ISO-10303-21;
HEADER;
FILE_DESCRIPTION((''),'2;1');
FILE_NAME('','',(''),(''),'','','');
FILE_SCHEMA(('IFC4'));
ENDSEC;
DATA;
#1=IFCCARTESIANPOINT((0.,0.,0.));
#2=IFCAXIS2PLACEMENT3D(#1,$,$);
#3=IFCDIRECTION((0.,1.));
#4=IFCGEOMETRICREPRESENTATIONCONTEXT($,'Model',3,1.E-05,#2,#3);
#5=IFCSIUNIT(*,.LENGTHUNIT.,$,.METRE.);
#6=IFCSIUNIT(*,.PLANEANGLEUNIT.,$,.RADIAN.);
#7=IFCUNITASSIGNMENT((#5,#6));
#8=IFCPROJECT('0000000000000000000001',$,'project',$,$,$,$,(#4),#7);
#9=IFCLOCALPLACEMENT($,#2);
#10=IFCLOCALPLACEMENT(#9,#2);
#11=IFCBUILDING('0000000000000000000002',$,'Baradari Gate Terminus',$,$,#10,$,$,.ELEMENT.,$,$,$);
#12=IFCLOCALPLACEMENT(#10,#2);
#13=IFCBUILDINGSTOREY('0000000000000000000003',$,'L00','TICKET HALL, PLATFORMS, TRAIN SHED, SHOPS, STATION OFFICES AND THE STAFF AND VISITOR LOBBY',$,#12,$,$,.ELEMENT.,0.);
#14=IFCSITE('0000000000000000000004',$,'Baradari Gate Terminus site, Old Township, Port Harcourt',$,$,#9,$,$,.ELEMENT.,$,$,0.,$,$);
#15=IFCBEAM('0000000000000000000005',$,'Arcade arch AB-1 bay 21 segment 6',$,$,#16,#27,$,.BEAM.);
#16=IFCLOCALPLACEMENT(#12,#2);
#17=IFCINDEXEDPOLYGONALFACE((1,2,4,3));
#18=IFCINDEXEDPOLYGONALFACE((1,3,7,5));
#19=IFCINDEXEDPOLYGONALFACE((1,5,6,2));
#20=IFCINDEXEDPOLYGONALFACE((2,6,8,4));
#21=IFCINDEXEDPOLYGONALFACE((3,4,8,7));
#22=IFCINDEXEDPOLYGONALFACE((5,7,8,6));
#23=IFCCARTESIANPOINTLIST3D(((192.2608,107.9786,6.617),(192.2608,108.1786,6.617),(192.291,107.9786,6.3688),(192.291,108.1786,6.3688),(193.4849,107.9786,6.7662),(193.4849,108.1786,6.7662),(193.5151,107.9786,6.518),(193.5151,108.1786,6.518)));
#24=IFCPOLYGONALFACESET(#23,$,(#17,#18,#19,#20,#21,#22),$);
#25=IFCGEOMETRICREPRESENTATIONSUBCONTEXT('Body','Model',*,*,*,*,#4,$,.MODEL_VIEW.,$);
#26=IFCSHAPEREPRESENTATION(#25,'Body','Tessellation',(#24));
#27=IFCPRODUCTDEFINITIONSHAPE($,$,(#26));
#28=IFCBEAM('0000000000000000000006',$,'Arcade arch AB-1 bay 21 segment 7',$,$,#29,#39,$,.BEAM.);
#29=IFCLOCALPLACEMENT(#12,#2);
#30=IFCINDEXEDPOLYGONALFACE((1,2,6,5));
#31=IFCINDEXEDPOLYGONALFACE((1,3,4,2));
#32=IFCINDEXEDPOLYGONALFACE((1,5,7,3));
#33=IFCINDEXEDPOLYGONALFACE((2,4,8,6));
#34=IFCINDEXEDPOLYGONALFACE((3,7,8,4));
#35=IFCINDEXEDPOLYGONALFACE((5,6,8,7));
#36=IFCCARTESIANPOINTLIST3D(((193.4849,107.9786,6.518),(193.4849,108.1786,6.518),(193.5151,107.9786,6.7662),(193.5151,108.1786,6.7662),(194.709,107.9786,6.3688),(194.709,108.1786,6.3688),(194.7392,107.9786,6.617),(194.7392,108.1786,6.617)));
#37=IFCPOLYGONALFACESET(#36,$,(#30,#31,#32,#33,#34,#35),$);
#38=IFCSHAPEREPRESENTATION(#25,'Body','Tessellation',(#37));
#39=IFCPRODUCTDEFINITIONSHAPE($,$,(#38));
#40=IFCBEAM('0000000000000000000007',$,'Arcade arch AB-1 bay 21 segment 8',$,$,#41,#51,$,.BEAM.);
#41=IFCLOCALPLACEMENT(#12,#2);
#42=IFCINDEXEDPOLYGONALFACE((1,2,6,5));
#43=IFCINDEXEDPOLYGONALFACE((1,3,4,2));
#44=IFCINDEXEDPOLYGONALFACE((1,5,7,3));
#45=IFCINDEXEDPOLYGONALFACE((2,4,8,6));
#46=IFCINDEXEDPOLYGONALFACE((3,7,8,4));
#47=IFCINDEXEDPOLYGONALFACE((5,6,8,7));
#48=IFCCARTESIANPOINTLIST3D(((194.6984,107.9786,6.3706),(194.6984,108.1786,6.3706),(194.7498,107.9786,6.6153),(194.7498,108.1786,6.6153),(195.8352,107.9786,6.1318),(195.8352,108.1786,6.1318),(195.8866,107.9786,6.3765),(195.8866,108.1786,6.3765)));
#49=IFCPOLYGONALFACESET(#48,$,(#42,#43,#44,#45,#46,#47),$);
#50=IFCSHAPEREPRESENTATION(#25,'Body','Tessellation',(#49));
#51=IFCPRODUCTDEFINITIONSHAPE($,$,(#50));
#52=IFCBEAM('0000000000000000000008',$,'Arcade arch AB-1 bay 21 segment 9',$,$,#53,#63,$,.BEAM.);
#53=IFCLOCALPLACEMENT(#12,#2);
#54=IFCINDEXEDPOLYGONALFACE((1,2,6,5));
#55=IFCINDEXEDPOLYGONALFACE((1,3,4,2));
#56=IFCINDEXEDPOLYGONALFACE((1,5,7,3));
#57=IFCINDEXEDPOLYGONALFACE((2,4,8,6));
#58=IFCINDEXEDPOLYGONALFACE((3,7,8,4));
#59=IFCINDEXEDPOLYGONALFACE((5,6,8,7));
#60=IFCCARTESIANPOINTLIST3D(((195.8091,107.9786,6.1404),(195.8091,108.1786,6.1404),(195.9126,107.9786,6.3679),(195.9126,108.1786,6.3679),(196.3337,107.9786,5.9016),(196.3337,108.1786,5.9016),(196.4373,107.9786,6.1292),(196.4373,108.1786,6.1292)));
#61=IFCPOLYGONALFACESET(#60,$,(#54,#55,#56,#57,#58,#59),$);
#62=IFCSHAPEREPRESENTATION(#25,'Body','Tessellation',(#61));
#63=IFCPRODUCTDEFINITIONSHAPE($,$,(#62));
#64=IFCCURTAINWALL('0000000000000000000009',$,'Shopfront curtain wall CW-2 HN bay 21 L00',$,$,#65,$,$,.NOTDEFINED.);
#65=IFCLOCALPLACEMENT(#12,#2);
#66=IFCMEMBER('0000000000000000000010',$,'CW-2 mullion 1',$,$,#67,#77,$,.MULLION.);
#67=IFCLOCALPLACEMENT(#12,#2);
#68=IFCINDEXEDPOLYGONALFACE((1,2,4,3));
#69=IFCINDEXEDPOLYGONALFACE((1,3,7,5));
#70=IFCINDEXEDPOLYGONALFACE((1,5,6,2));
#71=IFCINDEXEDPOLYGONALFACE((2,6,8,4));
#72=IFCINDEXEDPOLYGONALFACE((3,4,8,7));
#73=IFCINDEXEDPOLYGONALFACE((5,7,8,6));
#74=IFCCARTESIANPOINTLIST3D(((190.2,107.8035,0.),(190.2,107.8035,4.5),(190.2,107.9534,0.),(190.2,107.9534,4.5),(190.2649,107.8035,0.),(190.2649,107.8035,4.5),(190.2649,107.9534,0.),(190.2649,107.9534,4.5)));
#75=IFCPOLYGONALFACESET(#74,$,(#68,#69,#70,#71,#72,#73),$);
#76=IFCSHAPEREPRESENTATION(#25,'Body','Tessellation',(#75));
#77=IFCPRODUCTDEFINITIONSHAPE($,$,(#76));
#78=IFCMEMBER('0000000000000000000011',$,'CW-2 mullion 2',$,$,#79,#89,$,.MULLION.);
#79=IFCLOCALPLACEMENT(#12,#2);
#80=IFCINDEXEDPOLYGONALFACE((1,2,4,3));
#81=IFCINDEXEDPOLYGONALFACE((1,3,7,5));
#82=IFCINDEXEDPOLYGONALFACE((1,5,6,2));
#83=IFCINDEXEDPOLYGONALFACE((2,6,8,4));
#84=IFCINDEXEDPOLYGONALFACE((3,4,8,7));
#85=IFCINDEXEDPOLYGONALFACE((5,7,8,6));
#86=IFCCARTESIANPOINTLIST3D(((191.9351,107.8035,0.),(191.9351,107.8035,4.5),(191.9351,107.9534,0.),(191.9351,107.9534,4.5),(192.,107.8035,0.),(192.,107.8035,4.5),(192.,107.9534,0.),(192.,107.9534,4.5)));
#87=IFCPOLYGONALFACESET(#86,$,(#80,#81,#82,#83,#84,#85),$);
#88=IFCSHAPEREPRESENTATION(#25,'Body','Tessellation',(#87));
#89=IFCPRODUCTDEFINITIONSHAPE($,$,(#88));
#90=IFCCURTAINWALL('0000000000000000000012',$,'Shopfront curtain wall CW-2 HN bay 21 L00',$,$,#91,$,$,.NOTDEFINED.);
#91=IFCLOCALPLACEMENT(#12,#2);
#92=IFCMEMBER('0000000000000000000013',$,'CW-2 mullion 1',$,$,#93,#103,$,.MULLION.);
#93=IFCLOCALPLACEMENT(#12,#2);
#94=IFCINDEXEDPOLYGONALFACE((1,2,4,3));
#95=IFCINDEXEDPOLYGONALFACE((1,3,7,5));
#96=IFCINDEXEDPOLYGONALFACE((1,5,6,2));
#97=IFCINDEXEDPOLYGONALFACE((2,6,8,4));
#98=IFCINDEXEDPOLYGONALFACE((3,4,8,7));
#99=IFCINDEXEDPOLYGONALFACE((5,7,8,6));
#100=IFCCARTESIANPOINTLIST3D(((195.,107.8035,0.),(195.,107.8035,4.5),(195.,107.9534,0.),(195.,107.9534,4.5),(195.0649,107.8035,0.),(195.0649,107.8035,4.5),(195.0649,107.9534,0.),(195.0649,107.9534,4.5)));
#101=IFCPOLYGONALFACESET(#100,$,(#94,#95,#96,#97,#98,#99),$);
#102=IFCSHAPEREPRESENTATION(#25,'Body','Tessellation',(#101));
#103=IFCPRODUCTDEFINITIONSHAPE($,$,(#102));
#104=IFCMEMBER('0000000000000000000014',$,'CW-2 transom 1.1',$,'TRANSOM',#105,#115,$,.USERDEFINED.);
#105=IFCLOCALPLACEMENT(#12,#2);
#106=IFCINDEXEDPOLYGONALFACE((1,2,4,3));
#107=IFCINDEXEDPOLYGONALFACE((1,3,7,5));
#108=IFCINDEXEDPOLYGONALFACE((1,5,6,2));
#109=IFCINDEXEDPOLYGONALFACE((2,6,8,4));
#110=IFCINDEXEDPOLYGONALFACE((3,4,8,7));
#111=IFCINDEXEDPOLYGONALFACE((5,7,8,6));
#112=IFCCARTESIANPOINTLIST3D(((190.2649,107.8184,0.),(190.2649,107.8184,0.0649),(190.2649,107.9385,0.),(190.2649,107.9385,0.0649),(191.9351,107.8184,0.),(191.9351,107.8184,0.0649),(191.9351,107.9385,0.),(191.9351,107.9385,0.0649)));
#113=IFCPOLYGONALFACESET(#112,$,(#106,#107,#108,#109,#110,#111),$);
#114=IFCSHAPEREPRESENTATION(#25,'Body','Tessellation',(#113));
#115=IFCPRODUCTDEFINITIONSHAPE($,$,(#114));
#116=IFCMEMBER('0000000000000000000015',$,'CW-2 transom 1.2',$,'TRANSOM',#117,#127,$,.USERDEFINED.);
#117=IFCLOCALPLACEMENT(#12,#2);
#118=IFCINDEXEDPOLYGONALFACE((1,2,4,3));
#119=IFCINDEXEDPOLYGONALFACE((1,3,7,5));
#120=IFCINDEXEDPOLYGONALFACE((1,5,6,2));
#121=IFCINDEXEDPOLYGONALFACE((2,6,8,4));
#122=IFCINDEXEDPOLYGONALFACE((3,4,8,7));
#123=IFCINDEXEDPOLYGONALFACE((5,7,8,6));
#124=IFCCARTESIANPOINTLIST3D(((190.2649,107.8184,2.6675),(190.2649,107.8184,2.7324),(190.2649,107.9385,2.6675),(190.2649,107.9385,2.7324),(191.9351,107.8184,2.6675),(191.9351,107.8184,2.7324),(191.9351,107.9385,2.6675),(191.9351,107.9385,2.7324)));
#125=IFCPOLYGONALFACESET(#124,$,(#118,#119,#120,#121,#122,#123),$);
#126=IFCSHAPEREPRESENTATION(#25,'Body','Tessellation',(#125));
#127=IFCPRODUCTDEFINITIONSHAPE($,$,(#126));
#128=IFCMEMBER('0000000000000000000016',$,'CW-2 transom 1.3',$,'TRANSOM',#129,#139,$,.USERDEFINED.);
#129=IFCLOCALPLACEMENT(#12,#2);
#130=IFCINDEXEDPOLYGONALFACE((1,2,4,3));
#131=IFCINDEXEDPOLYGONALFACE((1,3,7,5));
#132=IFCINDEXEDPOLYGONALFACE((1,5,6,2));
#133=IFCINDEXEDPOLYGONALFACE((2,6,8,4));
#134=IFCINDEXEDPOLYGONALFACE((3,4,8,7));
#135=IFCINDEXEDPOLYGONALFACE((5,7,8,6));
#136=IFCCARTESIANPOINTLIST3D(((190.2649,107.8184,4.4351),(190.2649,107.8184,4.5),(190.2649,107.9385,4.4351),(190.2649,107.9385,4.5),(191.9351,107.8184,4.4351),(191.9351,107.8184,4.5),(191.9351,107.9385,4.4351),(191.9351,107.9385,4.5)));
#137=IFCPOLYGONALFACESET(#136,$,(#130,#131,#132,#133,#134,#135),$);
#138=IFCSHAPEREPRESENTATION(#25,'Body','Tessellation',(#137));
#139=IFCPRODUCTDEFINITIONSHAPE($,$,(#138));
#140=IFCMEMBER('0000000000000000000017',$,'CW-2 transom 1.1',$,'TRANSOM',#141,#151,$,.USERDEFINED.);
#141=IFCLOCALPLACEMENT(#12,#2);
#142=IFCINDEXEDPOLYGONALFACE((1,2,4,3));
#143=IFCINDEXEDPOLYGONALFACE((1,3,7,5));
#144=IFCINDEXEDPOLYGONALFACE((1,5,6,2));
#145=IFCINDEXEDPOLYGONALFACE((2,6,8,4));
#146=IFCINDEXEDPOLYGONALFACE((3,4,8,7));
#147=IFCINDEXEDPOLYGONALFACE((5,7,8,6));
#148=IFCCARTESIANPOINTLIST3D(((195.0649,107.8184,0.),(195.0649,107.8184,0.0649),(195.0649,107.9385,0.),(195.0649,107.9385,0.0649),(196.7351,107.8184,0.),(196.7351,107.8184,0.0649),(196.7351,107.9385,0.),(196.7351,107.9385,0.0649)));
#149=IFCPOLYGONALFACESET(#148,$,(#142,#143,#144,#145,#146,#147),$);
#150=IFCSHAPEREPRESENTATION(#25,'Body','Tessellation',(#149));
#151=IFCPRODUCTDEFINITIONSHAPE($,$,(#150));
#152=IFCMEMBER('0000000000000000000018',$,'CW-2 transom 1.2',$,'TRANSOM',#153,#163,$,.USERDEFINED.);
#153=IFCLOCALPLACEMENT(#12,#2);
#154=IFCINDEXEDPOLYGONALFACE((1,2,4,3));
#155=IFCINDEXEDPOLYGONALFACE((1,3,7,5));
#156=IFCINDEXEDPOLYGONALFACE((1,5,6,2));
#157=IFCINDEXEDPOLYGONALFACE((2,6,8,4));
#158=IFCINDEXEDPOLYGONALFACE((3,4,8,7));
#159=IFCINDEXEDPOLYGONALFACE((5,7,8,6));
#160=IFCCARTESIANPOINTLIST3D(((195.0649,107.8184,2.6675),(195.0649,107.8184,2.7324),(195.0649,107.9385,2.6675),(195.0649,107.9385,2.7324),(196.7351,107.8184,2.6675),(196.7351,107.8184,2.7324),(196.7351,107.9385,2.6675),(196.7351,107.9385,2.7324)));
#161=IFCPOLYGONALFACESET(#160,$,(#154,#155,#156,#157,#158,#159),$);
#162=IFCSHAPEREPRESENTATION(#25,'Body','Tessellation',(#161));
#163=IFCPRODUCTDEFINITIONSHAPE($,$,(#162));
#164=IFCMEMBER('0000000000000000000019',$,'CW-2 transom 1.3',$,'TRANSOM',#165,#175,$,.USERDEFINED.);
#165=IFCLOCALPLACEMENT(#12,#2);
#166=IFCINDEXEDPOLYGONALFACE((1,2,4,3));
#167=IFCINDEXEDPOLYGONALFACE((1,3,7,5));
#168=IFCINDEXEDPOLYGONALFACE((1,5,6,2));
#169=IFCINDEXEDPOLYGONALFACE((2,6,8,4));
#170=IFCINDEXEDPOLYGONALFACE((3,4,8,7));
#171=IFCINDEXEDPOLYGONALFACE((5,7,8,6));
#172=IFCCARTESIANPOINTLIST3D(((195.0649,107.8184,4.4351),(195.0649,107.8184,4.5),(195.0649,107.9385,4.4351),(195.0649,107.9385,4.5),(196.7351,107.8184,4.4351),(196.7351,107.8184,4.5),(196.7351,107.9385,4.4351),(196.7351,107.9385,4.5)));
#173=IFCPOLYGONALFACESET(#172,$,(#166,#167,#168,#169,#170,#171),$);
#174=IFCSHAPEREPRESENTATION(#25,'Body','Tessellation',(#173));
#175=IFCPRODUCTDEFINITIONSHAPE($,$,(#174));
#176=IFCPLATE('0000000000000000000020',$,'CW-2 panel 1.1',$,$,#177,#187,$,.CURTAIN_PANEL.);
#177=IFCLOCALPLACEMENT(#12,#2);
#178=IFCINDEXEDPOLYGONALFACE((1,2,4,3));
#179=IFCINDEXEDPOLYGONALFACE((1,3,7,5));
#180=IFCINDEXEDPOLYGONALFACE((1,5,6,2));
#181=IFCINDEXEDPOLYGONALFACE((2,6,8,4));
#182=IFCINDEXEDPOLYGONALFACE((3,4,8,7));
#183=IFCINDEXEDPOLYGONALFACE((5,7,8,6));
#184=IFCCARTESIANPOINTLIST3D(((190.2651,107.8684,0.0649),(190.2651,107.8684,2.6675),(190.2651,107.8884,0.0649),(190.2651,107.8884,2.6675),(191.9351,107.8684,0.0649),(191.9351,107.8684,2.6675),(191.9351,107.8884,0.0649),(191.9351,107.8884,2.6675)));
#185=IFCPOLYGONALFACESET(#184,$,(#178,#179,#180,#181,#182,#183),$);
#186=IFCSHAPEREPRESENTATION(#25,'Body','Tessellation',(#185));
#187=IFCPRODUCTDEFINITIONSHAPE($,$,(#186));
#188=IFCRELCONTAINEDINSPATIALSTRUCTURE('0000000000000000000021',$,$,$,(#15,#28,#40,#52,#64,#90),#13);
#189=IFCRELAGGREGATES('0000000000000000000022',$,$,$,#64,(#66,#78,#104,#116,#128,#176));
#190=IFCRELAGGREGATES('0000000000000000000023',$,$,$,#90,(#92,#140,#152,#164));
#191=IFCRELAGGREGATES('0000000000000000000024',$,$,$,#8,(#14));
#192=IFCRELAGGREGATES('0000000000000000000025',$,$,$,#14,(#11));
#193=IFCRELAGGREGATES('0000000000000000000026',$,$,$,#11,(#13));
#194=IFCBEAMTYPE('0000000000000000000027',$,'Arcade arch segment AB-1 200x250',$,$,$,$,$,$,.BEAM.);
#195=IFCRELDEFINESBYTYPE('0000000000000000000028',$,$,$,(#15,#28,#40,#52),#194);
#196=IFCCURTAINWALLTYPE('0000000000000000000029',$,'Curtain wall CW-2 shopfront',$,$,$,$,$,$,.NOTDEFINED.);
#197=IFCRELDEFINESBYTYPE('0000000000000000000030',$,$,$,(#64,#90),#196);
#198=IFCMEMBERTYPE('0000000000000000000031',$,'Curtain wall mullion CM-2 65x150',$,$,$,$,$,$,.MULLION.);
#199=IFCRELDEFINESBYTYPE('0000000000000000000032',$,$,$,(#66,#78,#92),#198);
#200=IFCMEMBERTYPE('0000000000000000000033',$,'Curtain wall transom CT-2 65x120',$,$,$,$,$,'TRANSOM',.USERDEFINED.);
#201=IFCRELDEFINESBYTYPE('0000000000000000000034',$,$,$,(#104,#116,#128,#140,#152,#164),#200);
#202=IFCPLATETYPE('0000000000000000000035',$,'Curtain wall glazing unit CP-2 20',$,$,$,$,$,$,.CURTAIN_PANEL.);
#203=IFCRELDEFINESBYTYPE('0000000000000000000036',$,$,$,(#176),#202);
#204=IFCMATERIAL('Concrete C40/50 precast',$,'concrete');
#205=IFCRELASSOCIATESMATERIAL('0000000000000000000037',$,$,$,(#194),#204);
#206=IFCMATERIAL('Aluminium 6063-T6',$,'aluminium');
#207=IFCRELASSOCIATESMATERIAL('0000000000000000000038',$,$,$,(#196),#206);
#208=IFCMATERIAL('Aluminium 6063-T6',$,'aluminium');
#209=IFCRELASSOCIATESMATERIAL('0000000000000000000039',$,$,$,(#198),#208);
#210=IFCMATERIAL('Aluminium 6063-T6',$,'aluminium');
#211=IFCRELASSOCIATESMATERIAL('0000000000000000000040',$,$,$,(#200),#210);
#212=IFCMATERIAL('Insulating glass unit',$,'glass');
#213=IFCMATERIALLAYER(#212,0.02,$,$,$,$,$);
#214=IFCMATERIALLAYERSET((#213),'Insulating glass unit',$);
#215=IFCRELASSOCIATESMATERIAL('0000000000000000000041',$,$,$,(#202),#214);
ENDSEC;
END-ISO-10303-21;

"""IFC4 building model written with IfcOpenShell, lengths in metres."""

from ifc_helpers import new_model, si_unit, direction, frame, origin, origin_2d, place, context, subcontext, project, spatial, rectangle, extrude, material, layer, layer_set, material_profile, profile_set, type_object, element, aggregate, save


model = new_model("IFC4")

# Units and contexts
model_context = context("Model", 3, precision=1e-05, world=origin(), true_north=direction((0.0, 1.0)))
body_context = subcontext(model_context, "Body", "Model", "MODEL_VIEW")
ifc_project = project(units=[si_unit("LENGTHUNIT", "METRE"), si_unit("PLANEANGLEUNIT", "RADIAN")], contexts=[model_context])

# Site, building, storey
site_placement = place(None, origin())
site = spatial("IfcSite", under=ifc_project, at=site_placement, Name="Baradari Gate Terminus site, Old Township, Port Harcourt", CompositionType="ELEMENT", RefElevation=0.0)
building_placement = place(site_placement, origin())
building = spatial("IfcBuilding", under=site, at=building_placement, Name="Baradari Gate Terminus", CompositionType="ELEMENT")
storey_placement = place(building_placement, origin())
storey = spatial("IfcBuildingStorey", under=building, at=storey_placement, Name="L00", Description="TICKET HALL, PLATFORMS, TRAIN SHED, SHOPS, STATION OFFICES AND THE STAFF AND VISITOR LOBBY", CompositionType="ELEMENT", Elevation=0.0)

# Beams
ifc_material_1 = material(Name="Concrete C40/50 precast", Category="concrete")
ifc_material_profile_1 = material_profile(ifc_material_1, rectangle(XDim=0.2, YDim=0.25, at=origin_2d()), Name="AB-1 200X250")
ifc_profile_set_1 = profile_set([ifc_material_profile_1], Name="Concrete C40/50 precast")
beam_type = type_object("IfcBeamType", Name="Arcade arch segment AB-1 200x250", PredefinedType="BEAM", material=ifc_profile_set_1)
for number, where, z_axis, x_axis, name in (
    (1, (192.2759, 108.0786, 6.4929), (0.992657, 0.0, 0.120964), (0.0, 1.0, 0.0), "Arcade arch AB-1 bay 21 segment 6"),
    (2, (193.5, 108.0786, 6.6421), (0.992657, 0.0, -0.120964), (0.0, 1.0, 0.0), "Arcade arch AB-1 bay 21 segment 7"),
):
    element("IfcBeam", number, at=place(storey_placement, frame(where, z_axis=z_axis, x_axis=x_axis)), inside=storey, type_object=beam_type, Name=name, PredefinedType="BEAM", context=body_context, shape_type="SweptSolid", body=[
        extrude(rectangle(XDim=0.2, YDim=0.25, at=origin_2d()), origin(), (0.0, 0.0, 1.0), 1.2332),
    ])
beam_1_placement = place(storey_placement, frame((194.7241, 108.0786, 6.4929), z_axis=(0.978643, 0.0, -0.205566), x_axis=(0.0, 1.0, 0.0)))
element("IfcBeam", 3, at=beam_1_placement, inside=storey, type_object=beam_type, Name="Arcade arch AB-1 bay 21 segment 8", PredefinedType="BEAM", context=body_context, shape_type="SweptSolid", body=[
    extrude(rectangle(XDim=0.2, YDim=0.25, at=origin_2d()), origin(), (0.0, 0.0, 1.0), 1.1616),
])
beam_2_placement = place(storey_placement, frame((195.8608, 108.0786, 6.2542), z_axis=(0.910178, 0.0, -0.414218), x_axis=(0.0, 1.0, 0.0)))
element("IfcBeam", 4, at=beam_2_placement, inside=storey, type_object=beam_type, Name="Arcade arch AB-1 bay 21 segment 9", PredefinedType="BEAM", context=body_context, shape_type="SweptSolid", body=[
    extrude(rectangle(XDim=0.2, YDim=0.25, at=origin_2d()), origin(), (0.0, 0.0, 1.0), 0.5764),
])

# Curtain wall, members
ifc_material_2 = material(Name="Aluminium 6063-T6", Category="aluminium")
curtain_wall_type = type_object("IfcCurtainWallType", Name="Curtain wall CW-2 shopfront", PredefinedType="NOTDEFINED", material=ifc_material_2)
curtain_wall_1_placement = place(storey_placement, origin())
curtain_wall_1 = element("IfcCurtainWall", 5, at=curtain_wall_1_placement, inside=storey, type_object=curtain_wall_type, Name="Shopfront curtain wall CW-2 HN bay 21 L00", PredefinedType="NOTDEFINED")
ifc_material_3 = material(Name="Aluminium 6063-T6", Category="aluminium")
ifc_material_profile_2 = material_profile(ifc_material_3, rectangle(XDim=0.1499, YDim=0.0649, at=origin_2d()), Name="CM-2 65X150")
ifc_profile_set_2 = profile_set([ifc_material_profile_2], Name="Aluminium 6063-T6")
member_type_1 = type_object("IfcMemberType", Name="Curtain wall mullion CM-2 65x150", PredefinedType="MULLION", material=ifc_profile_set_2)
member_1_placement = place(storey_placement, frame((190.2324, 107.8784, 0.0), z_axis=(0.0, 0.0, 1.0), x_axis=(0.0, 1.0, 0.0)))
member_1 = element("IfcMember", 6, at=member_1_placement, type_object=member_type_1, Name="CW-2 mullion 1", PredefinedType="MULLION", context=body_context, shape_type="SweptSolid", body=[
    extrude(rectangle(XDim=0.1499, YDim=0.0649, at=origin_2d()), origin(), (0.0, 0.0, 1.0), 4.5),
])
member_2_placement = place(storey_placement, frame((191.9675, 107.8784, 0.0), z_axis=(0.0, 0.0, 1.0), x_axis=(0.0, 1.0, 0.0)))
member_2 = element("IfcMember", 7, at=member_2_placement, type_object=member_type_1, Name="CW-2 mullion 2", PredefinedType="MULLION", context=body_context, shape_type="SweptSolid", body=[
    extrude(rectangle(XDim=0.1499, YDim=0.0649, at=origin_2d()), origin(), (0.0, 0.0, 1.0), 4.5),
])

# Curtain wall, member
curtain_wall_2_placement = place(storey_placement, origin())
curtain_wall_2 = element("IfcCurtainWall", 8, at=curtain_wall_2_placement, inside=storey, type_object=curtain_wall_type, Name="Shopfront curtain wall CW-2 HN bay 21 L00", PredefinedType="NOTDEFINED")
member_3_placement = place(storey_placement, frame((195.0325, 107.8784, 0.0), z_axis=(0.0, 0.0, 1.0), x_axis=(0.0, 1.0, 0.0)))
member_3 = element("IfcMember", 9, at=member_3_placement, type_object=member_type_1, Name="CW-2 mullion 1", PredefinedType="MULLION", context=body_context, shape_type="SweptSolid", body=[
    extrude(rectangle(XDim=0.1499, YDim=0.0649, at=origin_2d()), origin(), (0.0, 0.0, 1.0), 4.5),
])

# Members
ifc_material_4 = material(Name="Aluminium 6063-T6", Category="aluminium")
ifc_material_profile_3 = material_profile(ifc_material_4, rectangle(XDim=0.1201, YDim=0.0649, at=origin_2d()), Name="CT-2 65X120")
ifc_profile_set_3 = profile_set([ifc_material_profile_3], Name="Aluminium 6063-T6")
member_type_2 = type_object("IfcMemberType", Name="Curtain wall transom CT-2 65x120", ElementType="TRANSOM", PredefinedType="USERDEFINED", material=ifc_profile_set_3)
member_4_placement = place(storey_placement, frame((190.2649, 107.8784, 0.0325), z_axis=(1.0, 0.0, 0.0), x_axis=(0.0, 1.0, 0.0)))
member_4 = element("IfcMember", 10, at=member_4_placement, type_object=member_type_2, Name="CW-2 transom 1.1", ObjectType="TRANSOM", PredefinedType="USERDEFINED", context=body_context, shape_type="SweptSolid", body=[
    extrude(rectangle(XDim=0.1201, YDim=0.0649, at=origin_2d()), origin(), (0.0, 0.0, 1.0), 1.6702),
])
member_5_placement = place(storey_placement, frame((190.2649, 107.8784, 2.7), z_axis=(1.0, 0.0, 0.0), x_axis=(0.0, 1.0, 0.0)))
member_5 = element("IfcMember", 11, at=member_5_placement, type_object=member_type_2, Name="CW-2 transom 1.2", ObjectType="TRANSOM", PredefinedType="USERDEFINED", context=body_context, shape_type="SweptSolid", body=[
    extrude(rectangle(XDim=0.1201, YDim=0.0649, at=origin_2d()), origin(), (0.0, 0.0, 1.0), 1.6702),
])
member_6_placement = place(storey_placement, frame((190.2649, 107.8784, 4.4675), z_axis=(1.0, 0.0, 0.0), x_axis=(0.0, 1.0, 0.0)))
member_6 = element("IfcMember", 12, at=member_6_placement, type_object=member_type_2, Name="CW-2 transom 1.3", ObjectType="TRANSOM", PredefinedType="USERDEFINED", context=body_context, shape_type="SweptSolid", body=[
    extrude(rectangle(XDim=0.1201, YDim=0.0649, at=origin_2d()), origin(), (0.0, 0.0, 1.0), 1.6702),
])
member_7_placement = place(storey_placement, frame((195.0649, 107.8784, 0.0325), z_axis=(1.0, 0.0, 0.0), x_axis=(0.0, 1.0, 0.0)))
member_7 = element("IfcMember", 13, at=member_7_placement, type_object=member_type_2, Name="CW-2 transom 1.1", ObjectType="TRANSOM", PredefinedType="USERDEFINED", context=body_context, shape_type="SweptSolid", body=[
    extrude(rectangle(XDim=0.1201, YDim=0.0649, at=origin_2d()), origin(), (0.0, 0.0, 1.0), 1.6702),
])
member_8_placement = place(storey_placement, frame((195.0649, 107.8784, 2.7), z_axis=(1.0, 0.0, 0.0), x_axis=(0.0, 1.0, 0.0)))
member_8 = element("IfcMember", 14, at=member_8_placement, type_object=member_type_2, Name="CW-2 transom 1.2", ObjectType="TRANSOM", PredefinedType="USERDEFINED", context=body_context, shape_type="SweptSolid", body=[
    extrude(rectangle(XDim=0.1201, YDim=0.0649, at=origin_2d()), origin(), (0.0, 0.0, 1.0), 1.6702),
])
member_9_placement = place(storey_placement, frame((195.0649, 107.8784, 4.4675), z_axis=(1.0, 0.0, 0.0), x_axis=(0.0, 1.0, 0.0)))
member_9 = element("IfcMember", 15, at=member_9_placement, type_object=member_type_2, Name="CW-2 transom 1.3", ObjectType="TRANSOM", PredefinedType="USERDEFINED", context=body_context, shape_type="SweptSolid", body=[
    extrude(rectangle(XDim=0.1201, YDim=0.0649, at=origin_2d()), origin(), (0.0, 0.0, 1.0), 1.6702),
])

# Plate
ifc_material_5 = material(Name="Insulating glass unit", Category="glass")
ifc_layer_1 = layer(ifc_material_5, 0.02)
ifc_layer_set_1 = layer_set([ifc_layer_1], Name="Insulating glass unit")
plate_type = type_object("IfcPlateType", Name="Curtain wall glazing unit CP-2 20", PredefinedType="CURTAIN_PANEL", material=ifc_layer_set_1)
plate_1_placement = place(storey_placement, frame((191.1001, 107.8784, 0.0649), z_axis=(0.0, 0.0, 1.0), x_axis=(1.0, 0.0, 0.0)))
plate_1 = element("IfcPlate", 16, at=plate_1_placement, type_object=plate_type, Name="CW-2 panel 1.1", PredefinedType="CURTAIN_PANEL", context=body_context, shape_type="SweptSolid", body=[
    extrude(rectangle(XDim=1.6699, YDim=0.02, at=origin_2d()), origin(), (0.0, 0.0, 1.0), 2.6025),
])
aggregate(curtain_wall_1, [member_1, member_2, member_4, member_5, member_6, plate_1])
aggregate(curtain_wall_2, [member_3, member_7, member_8, member_9])

save(model, "model.ifc")
